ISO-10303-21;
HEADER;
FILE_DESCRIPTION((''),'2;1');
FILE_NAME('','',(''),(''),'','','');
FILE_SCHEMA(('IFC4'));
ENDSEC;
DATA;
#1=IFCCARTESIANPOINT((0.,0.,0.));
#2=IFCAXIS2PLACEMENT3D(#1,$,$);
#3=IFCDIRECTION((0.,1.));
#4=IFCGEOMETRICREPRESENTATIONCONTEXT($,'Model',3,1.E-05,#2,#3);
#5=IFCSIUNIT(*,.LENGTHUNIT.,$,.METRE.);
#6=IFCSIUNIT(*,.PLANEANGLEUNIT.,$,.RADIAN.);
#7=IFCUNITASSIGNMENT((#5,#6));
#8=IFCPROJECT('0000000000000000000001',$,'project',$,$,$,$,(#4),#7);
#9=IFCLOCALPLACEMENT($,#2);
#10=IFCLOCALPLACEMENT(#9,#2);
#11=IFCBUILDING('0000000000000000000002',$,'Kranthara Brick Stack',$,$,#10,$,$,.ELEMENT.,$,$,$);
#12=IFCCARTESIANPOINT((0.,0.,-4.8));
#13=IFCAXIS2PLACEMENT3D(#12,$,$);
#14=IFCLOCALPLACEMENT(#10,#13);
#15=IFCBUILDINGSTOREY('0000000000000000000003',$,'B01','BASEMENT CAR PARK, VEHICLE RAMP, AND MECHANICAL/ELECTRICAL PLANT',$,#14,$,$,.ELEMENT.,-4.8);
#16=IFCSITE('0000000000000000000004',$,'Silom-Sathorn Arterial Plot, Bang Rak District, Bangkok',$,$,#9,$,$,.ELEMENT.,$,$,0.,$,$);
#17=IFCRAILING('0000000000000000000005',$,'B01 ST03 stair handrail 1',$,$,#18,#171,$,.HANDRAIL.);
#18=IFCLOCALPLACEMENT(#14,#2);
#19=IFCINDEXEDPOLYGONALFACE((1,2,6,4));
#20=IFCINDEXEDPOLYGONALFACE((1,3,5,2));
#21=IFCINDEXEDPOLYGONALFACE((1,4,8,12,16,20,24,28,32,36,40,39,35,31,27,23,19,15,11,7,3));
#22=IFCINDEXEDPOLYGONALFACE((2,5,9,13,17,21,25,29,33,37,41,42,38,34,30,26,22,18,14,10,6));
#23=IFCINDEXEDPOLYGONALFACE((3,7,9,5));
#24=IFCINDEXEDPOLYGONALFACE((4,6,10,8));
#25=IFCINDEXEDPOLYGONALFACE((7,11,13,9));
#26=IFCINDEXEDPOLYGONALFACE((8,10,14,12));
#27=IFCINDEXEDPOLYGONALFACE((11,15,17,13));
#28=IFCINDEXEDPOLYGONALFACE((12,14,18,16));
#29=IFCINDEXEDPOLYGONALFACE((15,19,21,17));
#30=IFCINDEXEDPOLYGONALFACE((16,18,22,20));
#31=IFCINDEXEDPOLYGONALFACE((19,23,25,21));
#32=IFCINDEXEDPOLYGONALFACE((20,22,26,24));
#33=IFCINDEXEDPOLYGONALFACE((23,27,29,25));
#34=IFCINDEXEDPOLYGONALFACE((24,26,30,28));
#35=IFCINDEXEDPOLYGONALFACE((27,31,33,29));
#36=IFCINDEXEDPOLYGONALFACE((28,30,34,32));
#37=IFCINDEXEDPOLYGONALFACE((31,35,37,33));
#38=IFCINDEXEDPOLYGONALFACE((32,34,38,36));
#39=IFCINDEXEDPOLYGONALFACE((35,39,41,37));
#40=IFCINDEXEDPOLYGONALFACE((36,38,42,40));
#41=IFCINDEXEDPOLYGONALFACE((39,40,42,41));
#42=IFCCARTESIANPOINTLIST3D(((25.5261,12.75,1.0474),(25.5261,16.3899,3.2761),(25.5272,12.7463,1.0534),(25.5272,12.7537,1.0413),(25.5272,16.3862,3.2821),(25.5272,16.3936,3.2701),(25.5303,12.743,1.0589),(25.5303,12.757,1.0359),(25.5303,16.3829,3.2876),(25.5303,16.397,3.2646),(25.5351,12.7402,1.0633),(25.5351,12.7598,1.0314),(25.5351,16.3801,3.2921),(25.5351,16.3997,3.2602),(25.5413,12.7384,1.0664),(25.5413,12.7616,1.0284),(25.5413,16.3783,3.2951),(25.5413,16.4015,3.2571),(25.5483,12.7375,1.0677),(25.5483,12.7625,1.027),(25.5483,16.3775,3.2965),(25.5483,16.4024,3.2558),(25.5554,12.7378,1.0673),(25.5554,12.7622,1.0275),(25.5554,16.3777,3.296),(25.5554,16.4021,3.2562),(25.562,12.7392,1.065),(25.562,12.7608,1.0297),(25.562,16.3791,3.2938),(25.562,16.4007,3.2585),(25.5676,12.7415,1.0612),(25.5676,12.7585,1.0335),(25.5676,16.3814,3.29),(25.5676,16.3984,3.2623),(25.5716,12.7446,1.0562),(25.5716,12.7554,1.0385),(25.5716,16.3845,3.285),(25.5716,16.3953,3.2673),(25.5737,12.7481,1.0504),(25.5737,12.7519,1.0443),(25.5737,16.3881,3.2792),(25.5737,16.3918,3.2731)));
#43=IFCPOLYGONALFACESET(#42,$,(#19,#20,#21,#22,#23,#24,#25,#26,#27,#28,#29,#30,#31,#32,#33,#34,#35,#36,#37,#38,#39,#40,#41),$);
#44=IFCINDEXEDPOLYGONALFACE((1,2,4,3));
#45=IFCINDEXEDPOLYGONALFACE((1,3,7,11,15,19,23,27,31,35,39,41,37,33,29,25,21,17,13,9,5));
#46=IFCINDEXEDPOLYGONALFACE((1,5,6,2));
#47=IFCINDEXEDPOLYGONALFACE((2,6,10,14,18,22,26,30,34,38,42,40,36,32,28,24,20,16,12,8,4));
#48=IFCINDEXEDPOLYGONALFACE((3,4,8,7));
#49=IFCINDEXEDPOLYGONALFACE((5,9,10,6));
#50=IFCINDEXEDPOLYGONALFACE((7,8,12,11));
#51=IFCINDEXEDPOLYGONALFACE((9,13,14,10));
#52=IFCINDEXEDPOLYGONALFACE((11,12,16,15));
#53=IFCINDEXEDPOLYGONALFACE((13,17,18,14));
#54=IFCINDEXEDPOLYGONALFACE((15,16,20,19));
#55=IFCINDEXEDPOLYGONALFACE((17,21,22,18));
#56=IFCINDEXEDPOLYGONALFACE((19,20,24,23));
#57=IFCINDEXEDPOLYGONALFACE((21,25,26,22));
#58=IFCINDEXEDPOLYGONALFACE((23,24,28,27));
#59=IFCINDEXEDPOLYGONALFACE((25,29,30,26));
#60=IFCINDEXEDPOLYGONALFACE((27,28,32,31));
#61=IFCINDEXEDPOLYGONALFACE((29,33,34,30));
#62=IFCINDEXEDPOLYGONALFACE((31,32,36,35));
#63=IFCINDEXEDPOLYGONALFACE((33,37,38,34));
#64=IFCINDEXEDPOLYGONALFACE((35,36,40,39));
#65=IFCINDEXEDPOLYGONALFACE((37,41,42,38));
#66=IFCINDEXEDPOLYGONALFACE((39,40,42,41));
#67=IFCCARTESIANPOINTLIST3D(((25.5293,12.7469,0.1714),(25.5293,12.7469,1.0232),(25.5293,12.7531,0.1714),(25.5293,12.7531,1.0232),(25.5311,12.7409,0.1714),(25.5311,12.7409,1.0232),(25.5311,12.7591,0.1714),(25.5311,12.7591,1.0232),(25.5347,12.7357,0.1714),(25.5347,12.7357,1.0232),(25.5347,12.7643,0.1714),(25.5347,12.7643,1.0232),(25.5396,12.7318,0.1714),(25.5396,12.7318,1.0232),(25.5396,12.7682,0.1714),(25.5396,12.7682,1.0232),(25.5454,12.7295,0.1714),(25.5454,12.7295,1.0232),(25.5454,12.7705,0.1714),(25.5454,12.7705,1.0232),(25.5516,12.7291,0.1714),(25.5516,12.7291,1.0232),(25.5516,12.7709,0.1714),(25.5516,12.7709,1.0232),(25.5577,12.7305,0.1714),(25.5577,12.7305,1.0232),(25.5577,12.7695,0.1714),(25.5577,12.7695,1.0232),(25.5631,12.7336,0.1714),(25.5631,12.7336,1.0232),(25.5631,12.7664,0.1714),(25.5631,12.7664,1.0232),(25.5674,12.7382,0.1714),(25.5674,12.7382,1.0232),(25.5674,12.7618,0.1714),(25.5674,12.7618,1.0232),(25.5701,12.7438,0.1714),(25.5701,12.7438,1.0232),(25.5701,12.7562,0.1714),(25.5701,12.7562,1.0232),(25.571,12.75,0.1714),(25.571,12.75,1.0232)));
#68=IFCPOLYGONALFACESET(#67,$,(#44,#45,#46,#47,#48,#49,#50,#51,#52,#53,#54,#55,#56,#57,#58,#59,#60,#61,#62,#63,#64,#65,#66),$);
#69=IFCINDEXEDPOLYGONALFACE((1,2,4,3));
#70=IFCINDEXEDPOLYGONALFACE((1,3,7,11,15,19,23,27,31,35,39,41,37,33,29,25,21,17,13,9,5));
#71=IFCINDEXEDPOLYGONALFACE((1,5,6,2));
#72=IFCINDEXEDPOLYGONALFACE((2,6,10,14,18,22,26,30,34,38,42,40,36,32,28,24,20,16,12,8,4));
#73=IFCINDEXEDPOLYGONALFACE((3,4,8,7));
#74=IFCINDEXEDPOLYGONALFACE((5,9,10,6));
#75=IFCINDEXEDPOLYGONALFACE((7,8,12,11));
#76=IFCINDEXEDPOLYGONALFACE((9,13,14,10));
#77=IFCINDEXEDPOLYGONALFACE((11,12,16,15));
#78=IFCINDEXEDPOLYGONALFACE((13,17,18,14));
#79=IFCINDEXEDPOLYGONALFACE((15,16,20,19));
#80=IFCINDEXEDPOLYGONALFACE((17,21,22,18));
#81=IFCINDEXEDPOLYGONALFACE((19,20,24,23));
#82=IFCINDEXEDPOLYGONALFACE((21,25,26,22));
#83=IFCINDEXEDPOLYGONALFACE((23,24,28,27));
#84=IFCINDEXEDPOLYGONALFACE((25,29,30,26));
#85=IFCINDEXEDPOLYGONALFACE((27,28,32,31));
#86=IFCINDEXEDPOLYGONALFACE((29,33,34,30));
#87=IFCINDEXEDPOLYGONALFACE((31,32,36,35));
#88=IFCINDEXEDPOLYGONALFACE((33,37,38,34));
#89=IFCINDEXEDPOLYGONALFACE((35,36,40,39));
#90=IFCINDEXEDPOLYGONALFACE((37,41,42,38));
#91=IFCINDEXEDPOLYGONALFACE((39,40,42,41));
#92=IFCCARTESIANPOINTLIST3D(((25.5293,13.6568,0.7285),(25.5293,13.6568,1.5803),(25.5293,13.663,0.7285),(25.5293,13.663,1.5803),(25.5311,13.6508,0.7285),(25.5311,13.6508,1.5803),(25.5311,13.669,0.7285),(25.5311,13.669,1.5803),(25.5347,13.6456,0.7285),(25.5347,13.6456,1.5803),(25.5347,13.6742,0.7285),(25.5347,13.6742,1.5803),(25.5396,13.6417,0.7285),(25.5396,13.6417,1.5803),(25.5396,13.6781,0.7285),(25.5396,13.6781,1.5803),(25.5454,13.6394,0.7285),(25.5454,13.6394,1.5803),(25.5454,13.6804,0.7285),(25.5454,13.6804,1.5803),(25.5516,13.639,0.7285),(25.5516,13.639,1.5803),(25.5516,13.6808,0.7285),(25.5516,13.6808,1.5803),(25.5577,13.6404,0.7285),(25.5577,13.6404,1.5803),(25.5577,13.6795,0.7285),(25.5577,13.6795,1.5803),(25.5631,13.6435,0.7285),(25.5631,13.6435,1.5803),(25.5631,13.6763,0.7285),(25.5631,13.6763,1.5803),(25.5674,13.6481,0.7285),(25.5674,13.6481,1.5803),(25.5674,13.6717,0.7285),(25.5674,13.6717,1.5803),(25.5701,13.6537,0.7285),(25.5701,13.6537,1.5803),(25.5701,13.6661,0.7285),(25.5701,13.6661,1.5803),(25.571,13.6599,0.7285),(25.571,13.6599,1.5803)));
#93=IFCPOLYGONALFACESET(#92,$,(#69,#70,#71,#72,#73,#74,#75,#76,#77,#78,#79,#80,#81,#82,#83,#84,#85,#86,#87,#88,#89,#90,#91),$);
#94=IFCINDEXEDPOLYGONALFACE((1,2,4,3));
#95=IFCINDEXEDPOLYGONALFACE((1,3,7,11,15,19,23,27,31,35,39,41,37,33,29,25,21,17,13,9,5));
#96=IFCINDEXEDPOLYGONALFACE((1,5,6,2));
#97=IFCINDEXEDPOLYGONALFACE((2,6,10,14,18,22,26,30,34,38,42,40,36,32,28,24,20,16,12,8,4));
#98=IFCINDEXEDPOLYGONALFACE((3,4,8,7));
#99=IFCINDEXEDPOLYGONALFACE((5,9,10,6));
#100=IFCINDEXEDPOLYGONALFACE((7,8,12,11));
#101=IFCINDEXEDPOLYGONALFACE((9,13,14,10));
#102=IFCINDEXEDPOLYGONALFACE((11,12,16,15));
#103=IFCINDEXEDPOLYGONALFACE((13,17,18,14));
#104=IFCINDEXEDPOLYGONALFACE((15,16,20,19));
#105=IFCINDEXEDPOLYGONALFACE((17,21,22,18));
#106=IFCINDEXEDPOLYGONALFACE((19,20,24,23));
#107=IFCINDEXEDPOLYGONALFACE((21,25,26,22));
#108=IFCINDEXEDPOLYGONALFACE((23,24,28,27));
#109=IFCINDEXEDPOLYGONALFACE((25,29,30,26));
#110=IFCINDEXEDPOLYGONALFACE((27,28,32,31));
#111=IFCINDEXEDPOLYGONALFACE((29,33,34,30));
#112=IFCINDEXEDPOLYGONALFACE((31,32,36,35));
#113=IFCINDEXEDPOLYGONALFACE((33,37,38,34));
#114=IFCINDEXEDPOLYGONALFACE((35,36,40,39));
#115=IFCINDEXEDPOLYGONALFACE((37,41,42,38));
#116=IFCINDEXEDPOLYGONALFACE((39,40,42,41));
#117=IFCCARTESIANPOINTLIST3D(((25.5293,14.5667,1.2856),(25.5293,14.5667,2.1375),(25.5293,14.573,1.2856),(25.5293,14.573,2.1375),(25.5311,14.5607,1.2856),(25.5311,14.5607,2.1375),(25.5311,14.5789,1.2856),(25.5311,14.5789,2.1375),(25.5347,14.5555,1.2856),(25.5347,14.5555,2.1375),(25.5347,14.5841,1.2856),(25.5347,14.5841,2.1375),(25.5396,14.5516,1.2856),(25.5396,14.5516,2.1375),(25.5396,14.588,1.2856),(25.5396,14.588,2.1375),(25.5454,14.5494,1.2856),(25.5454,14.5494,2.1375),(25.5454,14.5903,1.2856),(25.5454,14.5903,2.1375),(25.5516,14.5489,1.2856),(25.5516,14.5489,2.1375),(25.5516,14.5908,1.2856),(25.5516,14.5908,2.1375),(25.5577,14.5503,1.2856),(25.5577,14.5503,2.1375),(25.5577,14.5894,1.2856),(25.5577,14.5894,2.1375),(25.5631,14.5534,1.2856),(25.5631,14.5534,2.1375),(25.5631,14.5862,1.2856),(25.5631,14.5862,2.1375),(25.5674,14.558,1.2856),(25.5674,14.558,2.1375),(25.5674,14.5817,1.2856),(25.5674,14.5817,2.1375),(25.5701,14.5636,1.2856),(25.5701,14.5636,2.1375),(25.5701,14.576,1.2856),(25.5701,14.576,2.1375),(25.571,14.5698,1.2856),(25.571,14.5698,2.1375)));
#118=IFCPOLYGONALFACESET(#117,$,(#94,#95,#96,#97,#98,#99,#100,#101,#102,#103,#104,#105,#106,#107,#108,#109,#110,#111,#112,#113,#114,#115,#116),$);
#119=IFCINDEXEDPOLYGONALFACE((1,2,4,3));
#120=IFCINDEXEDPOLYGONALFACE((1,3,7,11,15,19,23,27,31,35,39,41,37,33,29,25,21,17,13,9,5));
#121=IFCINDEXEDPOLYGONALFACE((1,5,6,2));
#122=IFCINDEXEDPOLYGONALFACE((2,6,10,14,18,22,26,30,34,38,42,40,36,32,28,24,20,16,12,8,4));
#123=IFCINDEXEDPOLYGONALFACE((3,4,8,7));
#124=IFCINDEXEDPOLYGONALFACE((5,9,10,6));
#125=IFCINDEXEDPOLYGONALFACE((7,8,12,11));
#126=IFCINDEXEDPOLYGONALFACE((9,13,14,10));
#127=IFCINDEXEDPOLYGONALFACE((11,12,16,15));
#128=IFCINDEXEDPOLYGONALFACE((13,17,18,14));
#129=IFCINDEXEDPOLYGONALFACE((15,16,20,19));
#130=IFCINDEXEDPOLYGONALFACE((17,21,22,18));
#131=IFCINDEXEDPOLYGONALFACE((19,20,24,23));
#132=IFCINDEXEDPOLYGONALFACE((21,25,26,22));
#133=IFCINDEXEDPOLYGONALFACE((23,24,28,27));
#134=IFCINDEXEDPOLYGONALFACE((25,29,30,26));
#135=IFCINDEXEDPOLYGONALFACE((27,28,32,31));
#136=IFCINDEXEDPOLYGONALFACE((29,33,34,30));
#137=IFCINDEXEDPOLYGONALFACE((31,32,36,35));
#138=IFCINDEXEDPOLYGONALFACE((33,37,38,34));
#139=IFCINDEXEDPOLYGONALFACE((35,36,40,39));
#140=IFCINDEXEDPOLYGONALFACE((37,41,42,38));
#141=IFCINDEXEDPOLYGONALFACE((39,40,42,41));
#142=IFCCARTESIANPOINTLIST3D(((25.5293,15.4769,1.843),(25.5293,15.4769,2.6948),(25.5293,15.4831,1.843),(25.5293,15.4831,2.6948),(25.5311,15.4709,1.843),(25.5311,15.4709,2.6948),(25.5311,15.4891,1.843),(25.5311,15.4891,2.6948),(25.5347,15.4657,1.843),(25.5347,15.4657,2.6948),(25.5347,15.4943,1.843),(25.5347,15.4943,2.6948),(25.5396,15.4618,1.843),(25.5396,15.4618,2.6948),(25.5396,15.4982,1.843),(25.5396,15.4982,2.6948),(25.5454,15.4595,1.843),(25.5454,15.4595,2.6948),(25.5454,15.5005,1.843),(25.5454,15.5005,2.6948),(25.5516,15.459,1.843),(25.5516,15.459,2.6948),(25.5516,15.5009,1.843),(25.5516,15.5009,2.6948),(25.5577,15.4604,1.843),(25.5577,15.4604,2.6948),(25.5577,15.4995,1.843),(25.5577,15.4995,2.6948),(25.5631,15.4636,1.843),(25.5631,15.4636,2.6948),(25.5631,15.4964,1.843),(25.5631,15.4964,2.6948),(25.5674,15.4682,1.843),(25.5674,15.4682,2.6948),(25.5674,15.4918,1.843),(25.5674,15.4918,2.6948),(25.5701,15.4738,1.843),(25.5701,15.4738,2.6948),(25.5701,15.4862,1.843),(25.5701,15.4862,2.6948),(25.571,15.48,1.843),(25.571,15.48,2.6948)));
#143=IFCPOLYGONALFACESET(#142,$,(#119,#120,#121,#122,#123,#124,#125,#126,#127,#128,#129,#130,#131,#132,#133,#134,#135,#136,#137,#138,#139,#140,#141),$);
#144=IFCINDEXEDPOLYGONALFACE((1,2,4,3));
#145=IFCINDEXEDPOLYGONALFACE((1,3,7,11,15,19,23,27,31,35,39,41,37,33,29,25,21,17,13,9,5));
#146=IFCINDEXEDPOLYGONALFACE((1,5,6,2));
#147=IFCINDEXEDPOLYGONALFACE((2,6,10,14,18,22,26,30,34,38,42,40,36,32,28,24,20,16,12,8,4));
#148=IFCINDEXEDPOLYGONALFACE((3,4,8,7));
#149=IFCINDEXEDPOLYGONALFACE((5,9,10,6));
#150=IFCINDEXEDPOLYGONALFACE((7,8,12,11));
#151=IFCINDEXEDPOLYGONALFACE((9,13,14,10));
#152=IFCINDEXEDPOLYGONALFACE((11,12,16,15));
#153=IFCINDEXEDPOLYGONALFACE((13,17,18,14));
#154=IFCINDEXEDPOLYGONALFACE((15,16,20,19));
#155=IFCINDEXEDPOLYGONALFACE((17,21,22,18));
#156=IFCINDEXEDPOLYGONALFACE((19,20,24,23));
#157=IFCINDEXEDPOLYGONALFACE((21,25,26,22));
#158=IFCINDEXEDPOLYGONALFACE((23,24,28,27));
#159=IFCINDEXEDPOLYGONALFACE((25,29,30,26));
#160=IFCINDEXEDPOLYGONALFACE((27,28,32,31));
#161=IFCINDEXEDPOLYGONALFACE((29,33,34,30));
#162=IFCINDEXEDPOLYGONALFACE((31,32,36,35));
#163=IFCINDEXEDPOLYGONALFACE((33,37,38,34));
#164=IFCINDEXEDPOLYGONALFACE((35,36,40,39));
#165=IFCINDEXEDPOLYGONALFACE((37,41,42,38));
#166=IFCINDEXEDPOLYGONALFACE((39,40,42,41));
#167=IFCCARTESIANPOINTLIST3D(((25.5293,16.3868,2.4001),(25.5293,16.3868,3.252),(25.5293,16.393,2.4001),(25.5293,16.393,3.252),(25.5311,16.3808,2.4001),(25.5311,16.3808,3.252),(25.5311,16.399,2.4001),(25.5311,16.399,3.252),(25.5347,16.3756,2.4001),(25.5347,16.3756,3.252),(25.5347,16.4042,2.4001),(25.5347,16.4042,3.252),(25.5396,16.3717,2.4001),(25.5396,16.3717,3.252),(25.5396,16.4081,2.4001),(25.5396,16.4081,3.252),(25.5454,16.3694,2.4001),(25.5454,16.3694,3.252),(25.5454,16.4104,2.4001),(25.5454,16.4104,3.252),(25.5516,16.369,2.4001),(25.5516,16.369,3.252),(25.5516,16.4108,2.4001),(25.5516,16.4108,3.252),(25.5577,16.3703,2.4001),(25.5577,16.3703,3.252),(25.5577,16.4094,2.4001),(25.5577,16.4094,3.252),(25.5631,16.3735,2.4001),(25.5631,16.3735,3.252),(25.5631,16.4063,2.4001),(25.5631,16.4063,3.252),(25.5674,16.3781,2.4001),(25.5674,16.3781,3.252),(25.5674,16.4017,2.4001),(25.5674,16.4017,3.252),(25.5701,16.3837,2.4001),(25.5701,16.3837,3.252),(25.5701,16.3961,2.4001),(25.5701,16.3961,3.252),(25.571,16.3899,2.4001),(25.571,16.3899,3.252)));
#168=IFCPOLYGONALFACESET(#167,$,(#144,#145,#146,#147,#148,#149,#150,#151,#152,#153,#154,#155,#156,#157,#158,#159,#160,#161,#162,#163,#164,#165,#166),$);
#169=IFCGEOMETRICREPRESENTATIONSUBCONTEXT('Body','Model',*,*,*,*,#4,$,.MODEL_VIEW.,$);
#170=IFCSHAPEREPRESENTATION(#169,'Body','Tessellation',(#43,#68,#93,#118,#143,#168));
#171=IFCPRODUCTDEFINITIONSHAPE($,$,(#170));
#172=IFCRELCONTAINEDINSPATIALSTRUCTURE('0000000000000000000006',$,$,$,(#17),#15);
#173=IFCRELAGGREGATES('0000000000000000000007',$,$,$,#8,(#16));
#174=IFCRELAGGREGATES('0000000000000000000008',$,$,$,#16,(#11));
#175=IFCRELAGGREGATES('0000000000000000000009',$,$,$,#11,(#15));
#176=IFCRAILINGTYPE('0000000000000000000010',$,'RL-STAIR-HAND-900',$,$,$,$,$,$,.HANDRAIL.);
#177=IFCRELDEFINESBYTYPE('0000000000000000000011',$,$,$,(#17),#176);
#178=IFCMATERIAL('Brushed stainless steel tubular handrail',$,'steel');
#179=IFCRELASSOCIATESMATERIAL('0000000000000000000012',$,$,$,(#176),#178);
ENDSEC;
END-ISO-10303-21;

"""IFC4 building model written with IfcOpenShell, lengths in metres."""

from ifc_helpers import new_model, si_unit, direction, frame, origin, origin_2d, place, context, subcontext, project, spatial, circle, extrude, material, type_object, element, save


model = new_model("IFC4")

# Units and contexts
model_context = context("Model", 3, precision=1e-05, world=origin(), true_north=direction((0.0, 1.0)))
body_context = subcontext(model_context, "Body", "Model", "MODEL_VIEW")
ifc_project = project(units=[si_unit("LENGTHUNIT", "METRE"), si_unit("PLANEANGLEUNIT", "RADIAN")], contexts=[model_context])

# Site, building, storey
site_placement = place(None, origin())
site = spatial("IfcSite", under=ifc_project, at=site_placement, Name="Silom-Sathorn Arterial Plot, Bang Rak District, Bangkok", CompositionType="ELEMENT", RefElevation=0.0)
building_placement = place(site_placement, origin())
building = spatial("IfcBuilding", under=site, at=building_placement, Name="Kranthara Brick Stack", CompositionType="ELEMENT")
storey_placement = place(building_placement, frame((0.0, 0.0, -4.8)))
storey = spatial("IfcBuildingStorey", under=building, at=storey_placement, Name="B01", Description="BASEMENT CAR PARK, VEHICLE RAMP, AND MECHANICAL/ELECTRICAL PLANT", CompositionType="ELEMENT", Elevation=-4.8)

# Railing
ifc_material_1 = material(Name="Brushed stainless steel tubular handrail", Category="steel")
railing_type_1 = type_object("IfcRailingType", Name="RL-STAIR-HAND-900", PredefinedType="HANDRAIL", material=ifc_material_1)
railing_1_placement = place(storey_placement, frame((25.55, 12.75, 0.1714)))
element("IfcRailing", 1, at=railing_1_placement, inside=storey, type_object=railing_type_1, Name="B01 ST03 stair handrail 1", PredefinedType="HANDRAIL", context=body_context, shape_type="SweptSolid", body=[
    extrude(circle(Radius=0.0239, at=origin_2d()), frame((0.0, 0.0, 0.876), z_axis=(0.0, 0.852825, 0.522197), x_axis=(-1.0, 0.0, 0.0)), (0.0, 0.0, 1.0), 4.2681),
    extrude(circle(Radius=0.021, at=origin_2d()), origin(), (0.0, 0.0, 1.0), 0.8518),
    extrude(circle(Radius=0.021, at=origin_2d()), frame((0.0, 0.9099, 0.5571)), (0.0, 0.0, 1.0), 0.8518),
    extrude(circle(Radius=0.021, at=origin_2d()), frame((0.0, 1.8198, 1.1143)), (0.0, 0.0, 1.0), 0.8518),
    extrude(circle(Radius=0.021, at=origin_2d()), frame((0.0, 2.73, 1.6716)), (0.0, 0.0, 1.0), 0.8518),
    extrude(circle(Radius=0.021, at=origin_2d()), frame((0.0, 3.6399, 2.2288)), (0.0, 0.0, 1.0), 0.8518),
])

save(model, "model.ifc")
